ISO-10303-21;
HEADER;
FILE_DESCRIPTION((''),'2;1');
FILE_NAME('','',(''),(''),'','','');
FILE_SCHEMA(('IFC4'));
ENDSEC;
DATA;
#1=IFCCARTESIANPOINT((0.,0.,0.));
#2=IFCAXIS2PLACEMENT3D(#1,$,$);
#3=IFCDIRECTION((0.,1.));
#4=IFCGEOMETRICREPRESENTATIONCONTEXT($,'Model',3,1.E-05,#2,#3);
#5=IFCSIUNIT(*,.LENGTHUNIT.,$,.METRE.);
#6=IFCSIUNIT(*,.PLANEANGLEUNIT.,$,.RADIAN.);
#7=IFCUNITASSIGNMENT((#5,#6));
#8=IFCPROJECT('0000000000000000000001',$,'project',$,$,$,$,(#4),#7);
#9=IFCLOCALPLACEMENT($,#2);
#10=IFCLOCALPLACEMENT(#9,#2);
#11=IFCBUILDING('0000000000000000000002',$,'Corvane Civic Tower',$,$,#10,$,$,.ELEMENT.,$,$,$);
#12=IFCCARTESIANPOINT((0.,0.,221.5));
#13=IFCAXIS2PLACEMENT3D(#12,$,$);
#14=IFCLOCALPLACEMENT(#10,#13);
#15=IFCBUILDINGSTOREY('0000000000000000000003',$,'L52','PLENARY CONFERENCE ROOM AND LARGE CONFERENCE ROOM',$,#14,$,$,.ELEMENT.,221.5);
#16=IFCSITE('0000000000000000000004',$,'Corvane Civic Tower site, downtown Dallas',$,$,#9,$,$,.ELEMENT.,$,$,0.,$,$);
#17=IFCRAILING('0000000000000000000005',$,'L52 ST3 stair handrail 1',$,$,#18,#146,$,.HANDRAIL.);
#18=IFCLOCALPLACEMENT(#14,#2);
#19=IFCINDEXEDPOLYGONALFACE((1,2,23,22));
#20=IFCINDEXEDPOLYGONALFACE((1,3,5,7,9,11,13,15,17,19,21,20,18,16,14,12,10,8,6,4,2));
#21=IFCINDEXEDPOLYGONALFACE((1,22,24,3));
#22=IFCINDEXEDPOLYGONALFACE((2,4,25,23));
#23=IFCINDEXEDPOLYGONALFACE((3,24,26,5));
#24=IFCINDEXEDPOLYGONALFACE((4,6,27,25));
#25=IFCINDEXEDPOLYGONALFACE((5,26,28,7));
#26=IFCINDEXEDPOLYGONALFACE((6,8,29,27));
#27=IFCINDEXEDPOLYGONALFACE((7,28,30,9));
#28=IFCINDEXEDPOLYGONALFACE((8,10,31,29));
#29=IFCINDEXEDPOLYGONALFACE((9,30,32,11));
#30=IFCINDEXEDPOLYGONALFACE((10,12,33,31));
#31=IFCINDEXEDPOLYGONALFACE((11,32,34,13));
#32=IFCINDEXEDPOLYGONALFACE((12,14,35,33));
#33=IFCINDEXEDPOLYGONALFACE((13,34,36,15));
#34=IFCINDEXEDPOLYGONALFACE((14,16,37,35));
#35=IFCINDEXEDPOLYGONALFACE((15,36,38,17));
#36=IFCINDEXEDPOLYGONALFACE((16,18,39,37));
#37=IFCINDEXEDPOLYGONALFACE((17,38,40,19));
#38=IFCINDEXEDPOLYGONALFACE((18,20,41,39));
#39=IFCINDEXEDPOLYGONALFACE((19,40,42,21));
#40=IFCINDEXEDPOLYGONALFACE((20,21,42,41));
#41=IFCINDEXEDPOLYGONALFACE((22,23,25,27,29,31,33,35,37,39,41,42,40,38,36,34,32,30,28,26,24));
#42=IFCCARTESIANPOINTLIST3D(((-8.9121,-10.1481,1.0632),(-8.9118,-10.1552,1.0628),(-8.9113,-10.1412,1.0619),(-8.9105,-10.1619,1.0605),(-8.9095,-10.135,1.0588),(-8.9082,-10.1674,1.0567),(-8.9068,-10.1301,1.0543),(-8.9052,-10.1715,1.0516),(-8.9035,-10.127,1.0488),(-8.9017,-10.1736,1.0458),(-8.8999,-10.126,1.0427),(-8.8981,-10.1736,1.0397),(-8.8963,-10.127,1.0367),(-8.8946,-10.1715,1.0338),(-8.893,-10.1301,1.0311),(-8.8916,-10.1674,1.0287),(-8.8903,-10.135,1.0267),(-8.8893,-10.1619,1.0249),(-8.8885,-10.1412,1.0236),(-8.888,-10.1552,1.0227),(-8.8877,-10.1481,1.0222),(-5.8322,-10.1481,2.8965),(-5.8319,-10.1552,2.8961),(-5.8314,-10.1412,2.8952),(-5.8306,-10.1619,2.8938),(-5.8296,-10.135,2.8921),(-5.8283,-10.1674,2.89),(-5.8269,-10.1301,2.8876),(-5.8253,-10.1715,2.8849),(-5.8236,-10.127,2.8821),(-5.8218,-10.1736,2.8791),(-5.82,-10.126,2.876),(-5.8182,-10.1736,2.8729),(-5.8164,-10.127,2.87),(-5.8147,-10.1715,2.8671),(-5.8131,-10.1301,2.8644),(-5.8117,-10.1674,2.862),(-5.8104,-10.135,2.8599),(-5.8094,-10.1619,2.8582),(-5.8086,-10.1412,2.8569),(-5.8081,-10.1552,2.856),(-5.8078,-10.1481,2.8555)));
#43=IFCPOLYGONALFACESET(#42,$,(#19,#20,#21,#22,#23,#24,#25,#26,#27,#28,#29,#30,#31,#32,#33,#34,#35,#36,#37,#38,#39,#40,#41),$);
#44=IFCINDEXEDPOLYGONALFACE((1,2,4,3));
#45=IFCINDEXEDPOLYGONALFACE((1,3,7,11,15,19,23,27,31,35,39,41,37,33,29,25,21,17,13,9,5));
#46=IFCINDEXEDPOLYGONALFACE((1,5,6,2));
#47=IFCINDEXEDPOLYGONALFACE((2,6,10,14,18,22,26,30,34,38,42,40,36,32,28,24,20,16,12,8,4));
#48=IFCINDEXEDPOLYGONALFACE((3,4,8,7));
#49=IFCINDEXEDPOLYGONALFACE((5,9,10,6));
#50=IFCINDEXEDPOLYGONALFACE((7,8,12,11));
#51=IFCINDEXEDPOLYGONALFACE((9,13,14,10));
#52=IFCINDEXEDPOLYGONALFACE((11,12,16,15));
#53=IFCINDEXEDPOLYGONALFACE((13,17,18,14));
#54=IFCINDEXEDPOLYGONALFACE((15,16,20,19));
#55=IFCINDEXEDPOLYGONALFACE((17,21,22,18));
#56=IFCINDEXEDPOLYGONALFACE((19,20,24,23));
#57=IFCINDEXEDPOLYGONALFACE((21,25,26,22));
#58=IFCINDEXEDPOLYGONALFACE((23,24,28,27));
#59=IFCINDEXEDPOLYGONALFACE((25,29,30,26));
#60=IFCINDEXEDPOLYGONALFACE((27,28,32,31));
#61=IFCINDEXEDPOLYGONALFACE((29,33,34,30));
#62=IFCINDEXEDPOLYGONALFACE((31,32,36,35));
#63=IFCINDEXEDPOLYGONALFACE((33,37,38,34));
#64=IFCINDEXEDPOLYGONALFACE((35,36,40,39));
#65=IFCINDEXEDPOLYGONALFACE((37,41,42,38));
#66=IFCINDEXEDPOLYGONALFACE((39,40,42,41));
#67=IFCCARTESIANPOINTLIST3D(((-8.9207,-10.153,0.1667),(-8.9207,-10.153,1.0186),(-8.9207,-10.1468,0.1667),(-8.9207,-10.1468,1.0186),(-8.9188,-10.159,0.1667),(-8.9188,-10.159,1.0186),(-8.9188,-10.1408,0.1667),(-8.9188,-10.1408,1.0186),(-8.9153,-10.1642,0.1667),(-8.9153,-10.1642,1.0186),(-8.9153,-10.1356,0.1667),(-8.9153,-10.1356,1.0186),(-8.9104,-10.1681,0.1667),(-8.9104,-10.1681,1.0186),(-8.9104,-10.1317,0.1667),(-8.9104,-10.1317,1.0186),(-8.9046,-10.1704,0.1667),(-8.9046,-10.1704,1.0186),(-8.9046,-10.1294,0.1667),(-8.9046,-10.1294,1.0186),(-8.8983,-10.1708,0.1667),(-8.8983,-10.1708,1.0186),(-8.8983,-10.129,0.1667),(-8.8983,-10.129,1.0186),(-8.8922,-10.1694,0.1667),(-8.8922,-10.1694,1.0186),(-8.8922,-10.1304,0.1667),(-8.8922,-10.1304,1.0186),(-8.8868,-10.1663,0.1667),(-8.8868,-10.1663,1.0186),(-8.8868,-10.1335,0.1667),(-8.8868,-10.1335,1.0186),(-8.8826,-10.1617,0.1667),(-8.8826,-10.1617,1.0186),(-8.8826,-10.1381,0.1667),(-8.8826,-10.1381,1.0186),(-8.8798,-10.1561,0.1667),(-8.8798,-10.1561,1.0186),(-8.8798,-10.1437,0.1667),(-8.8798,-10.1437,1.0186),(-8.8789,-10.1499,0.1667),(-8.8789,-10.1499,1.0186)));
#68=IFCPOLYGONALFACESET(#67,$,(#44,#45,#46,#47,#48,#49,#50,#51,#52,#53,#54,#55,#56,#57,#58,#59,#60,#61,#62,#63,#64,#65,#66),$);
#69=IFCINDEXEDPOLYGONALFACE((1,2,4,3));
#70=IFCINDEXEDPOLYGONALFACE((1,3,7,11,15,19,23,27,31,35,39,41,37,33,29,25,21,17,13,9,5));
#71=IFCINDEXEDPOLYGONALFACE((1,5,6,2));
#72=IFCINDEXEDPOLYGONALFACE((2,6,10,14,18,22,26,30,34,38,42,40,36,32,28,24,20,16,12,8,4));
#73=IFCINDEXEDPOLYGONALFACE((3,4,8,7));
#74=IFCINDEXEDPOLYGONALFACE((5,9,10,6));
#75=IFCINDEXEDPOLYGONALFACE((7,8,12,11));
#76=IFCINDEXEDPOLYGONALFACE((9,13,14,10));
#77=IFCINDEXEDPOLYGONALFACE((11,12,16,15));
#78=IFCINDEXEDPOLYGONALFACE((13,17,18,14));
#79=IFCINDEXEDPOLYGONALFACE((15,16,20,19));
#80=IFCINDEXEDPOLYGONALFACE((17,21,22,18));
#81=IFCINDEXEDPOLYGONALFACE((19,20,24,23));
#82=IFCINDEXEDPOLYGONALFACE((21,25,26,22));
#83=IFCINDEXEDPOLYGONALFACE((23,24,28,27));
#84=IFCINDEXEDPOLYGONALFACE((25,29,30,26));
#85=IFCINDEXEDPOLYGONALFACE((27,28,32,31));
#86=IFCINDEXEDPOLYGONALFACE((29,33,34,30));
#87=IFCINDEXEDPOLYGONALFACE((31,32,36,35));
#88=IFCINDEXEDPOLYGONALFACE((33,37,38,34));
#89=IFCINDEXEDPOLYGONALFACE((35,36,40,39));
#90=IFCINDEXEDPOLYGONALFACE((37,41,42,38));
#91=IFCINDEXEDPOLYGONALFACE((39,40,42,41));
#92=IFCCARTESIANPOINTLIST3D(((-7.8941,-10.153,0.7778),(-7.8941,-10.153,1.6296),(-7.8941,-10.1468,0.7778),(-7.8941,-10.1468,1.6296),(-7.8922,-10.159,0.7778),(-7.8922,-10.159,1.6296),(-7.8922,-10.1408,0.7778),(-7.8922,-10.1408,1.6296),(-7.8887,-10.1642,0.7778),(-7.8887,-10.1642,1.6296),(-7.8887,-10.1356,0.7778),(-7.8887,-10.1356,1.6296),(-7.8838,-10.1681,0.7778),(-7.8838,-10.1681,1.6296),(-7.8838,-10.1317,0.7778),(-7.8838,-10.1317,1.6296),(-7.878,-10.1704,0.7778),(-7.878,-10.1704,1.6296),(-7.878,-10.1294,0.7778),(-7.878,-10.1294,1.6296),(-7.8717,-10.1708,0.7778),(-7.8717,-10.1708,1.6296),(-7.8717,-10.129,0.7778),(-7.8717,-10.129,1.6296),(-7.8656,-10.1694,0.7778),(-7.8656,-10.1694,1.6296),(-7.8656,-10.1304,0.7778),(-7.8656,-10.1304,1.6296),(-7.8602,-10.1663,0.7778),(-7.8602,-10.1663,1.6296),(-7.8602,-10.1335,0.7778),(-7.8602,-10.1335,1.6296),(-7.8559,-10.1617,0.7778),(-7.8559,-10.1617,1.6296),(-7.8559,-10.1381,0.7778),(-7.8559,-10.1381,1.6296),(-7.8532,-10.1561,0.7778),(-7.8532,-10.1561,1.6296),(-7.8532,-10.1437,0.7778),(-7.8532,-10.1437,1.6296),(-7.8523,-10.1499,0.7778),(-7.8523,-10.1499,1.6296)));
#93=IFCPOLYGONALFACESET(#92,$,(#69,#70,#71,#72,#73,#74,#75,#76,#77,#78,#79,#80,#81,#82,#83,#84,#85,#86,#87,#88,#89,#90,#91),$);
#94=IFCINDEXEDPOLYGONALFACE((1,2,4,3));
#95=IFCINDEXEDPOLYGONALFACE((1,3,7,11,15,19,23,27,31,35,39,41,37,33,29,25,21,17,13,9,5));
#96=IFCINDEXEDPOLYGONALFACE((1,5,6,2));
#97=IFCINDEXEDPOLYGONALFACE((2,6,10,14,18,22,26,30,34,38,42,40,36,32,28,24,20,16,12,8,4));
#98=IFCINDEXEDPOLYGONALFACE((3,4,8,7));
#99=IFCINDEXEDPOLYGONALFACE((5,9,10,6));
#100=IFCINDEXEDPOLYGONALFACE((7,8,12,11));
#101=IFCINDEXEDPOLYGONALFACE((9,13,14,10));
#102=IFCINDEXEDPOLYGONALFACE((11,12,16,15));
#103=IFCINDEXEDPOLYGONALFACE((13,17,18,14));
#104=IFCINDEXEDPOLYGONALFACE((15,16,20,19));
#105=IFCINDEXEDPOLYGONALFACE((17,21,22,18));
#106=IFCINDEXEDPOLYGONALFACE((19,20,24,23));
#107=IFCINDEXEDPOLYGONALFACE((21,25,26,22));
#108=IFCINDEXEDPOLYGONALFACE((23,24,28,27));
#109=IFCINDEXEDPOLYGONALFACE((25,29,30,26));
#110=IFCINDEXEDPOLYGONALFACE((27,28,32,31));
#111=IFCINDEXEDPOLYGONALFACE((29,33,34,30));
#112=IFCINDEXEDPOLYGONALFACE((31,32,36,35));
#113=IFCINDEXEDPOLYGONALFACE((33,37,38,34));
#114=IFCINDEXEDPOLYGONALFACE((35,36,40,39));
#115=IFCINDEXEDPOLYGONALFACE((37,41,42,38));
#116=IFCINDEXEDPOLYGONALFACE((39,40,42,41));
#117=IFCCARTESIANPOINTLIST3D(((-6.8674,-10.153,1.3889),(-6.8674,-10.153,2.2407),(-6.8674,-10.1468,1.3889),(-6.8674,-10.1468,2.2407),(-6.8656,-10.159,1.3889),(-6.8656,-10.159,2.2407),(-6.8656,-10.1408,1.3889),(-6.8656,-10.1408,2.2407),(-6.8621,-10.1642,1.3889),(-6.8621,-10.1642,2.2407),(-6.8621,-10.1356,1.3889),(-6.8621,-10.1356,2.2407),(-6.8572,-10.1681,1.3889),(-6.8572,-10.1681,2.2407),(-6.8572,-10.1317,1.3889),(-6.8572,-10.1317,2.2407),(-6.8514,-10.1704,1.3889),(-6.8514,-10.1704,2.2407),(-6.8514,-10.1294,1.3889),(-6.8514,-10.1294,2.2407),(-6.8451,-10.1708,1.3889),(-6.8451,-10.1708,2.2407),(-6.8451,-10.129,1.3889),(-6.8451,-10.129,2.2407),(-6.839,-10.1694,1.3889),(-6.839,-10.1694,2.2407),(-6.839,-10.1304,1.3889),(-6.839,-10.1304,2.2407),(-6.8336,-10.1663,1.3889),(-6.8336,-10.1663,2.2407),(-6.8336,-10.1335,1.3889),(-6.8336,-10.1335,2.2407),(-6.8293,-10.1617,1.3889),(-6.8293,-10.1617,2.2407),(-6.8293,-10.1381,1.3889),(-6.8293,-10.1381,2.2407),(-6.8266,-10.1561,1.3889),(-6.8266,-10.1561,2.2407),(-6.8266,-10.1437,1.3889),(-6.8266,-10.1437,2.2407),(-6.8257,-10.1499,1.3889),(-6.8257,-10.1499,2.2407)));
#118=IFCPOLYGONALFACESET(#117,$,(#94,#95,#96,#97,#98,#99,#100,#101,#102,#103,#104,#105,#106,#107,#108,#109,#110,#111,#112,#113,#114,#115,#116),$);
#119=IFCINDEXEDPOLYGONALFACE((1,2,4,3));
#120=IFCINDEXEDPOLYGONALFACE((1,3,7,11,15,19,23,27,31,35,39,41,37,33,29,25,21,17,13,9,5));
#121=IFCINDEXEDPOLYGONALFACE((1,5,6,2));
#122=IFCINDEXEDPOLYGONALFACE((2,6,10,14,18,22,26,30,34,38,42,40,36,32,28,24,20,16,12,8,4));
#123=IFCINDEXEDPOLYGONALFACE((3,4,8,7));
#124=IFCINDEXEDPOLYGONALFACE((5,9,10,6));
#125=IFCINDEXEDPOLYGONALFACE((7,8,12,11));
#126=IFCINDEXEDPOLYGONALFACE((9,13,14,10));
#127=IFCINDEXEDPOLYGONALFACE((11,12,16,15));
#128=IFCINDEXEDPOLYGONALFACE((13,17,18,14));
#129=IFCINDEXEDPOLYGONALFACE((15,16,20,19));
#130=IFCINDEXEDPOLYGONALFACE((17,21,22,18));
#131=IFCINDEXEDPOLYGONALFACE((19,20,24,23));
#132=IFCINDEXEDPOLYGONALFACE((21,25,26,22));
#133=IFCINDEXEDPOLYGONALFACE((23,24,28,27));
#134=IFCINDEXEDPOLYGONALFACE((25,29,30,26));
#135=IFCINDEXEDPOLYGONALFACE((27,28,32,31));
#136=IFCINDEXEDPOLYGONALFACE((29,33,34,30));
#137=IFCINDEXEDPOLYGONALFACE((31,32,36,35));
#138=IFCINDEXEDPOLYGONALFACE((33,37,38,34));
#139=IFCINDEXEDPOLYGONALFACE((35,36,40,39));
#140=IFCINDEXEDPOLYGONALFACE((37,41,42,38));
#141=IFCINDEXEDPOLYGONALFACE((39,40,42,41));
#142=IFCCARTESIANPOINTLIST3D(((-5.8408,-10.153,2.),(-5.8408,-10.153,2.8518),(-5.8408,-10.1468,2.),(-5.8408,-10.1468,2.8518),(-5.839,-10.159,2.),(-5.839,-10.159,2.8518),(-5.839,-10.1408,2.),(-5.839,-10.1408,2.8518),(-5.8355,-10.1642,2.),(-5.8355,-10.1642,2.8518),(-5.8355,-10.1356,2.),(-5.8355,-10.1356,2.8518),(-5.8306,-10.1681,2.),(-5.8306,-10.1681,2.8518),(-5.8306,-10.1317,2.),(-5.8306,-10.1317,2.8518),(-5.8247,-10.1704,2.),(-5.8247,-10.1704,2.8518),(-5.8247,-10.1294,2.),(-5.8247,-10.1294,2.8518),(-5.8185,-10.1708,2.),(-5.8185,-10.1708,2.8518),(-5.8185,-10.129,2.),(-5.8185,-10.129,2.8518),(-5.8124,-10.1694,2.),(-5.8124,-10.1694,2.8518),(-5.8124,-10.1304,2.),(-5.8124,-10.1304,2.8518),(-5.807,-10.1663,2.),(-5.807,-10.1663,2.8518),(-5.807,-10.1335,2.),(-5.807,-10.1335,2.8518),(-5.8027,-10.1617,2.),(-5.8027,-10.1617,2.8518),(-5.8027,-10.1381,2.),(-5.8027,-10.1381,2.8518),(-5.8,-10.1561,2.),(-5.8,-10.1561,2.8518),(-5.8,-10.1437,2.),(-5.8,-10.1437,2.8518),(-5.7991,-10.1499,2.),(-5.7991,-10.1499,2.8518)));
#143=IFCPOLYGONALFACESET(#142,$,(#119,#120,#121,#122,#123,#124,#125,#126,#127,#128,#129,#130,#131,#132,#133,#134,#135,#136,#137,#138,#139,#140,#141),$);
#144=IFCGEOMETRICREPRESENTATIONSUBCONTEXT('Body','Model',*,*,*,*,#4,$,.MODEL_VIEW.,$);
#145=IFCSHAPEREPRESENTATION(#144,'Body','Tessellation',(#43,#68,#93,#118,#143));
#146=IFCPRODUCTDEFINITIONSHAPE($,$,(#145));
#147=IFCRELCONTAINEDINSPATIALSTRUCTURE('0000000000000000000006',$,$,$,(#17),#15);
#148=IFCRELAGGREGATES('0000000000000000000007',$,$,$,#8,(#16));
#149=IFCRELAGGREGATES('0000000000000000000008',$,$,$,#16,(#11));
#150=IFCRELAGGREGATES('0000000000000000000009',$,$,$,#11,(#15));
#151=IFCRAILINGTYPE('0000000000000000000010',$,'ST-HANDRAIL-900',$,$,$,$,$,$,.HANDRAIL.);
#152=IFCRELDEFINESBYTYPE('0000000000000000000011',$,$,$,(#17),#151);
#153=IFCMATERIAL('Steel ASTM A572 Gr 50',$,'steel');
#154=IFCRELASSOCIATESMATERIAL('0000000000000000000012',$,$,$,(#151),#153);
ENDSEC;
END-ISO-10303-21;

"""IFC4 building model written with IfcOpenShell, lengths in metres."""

from ifc_helpers import new_model, si_unit, direction, frame, origin, origin_2d, place, context, subcontext, project, spatial, circle, extrude, material, type_object, element, save


model = new_model("IFC4")

# Units and contexts
model_context = context("Model", 3, precision=1e-05, world=origin(), true_north=direction((0.0, 1.0)))
body_context = subcontext(model_context, "Body", "Model", "MODEL_VIEW")
ifc_project = project(units=[si_unit("LENGTHUNIT", "METRE"), si_unit("PLANEANGLEUNIT", "RADIAN")], contexts=[model_context])

# Site, building, storey
site_placement = place(None, origin())
site = spatial("IfcSite", under=ifc_project, at=site_placement, Name="Corvane Civic Tower site, downtown Dallas", CompositionType="ELEMENT", RefElevation=0.0)
building_placement = place(site_placement, origin())
building = spatial("IfcBuilding", under=site, at=building_placement, Name="Corvane Civic Tower", CompositionType="ELEMENT")
storey_placement = place(building_placement, frame((0.0, 0.0, 221.5)))
storey = spatial("IfcBuildingStorey", under=building, at=storey_placement, Name="L52", Description="PLENARY CONFERENCE ROOM AND LARGE CONFERENCE ROOM", CompositionType="ELEMENT", Elevation=221.5)

# Railing
ifc_material_1 = material(Name="Steel ASTM A572 Gr 50", Category="steel")
railing_type_1 = type_object("IfcRailingType", Name="ST-HANDRAIL-900", PredefinedType="HANDRAIL", material=ifc_material_1)
railing_1_placement = place(storey_placement, frame((-8.8999, -10.1499, 0.1667)))
element("IfcRailing", 1, at=railing_1_placement, inside=storey, type_object=railing_type_1, Name="L52 ST3 stair handrail 1", PredefinedType="HANDRAIL", context=body_context, shape_type="SweptSolid", body=[
    extrude(circle(Radius=0.0239, at=origin_2d()), frame((0.0, 0.0, 0.876), z_axis=(0.859291, 0.0, 0.511487), x_axis=(0.0, 1.0, 0.0)), (0.0, 0.0, 1.0), 3.5842),
    extrude(circle(Radius=0.021, at=origin_2d()), origin(), (0.0, 0.0, 1.0), 0.8518),
    extrude(circle(Radius=0.021, at=origin_2d()), frame((1.0266, 0.0, 0.6111)), (0.0, 0.0, 1.0), 0.8518),
    extrude(circle(Radius=0.021, at=origin_2d()), frame((2.0532, 0.0, 1.2222)), (0.0, 0.0, 1.0), 0.8518),
    extrude(circle(Radius=0.021, at=origin_2d()), frame((3.0798, 0.0, 1.8333)), (0.0, 0.0, 1.0), 0.8518),
])

save(model, "model.ifc")
